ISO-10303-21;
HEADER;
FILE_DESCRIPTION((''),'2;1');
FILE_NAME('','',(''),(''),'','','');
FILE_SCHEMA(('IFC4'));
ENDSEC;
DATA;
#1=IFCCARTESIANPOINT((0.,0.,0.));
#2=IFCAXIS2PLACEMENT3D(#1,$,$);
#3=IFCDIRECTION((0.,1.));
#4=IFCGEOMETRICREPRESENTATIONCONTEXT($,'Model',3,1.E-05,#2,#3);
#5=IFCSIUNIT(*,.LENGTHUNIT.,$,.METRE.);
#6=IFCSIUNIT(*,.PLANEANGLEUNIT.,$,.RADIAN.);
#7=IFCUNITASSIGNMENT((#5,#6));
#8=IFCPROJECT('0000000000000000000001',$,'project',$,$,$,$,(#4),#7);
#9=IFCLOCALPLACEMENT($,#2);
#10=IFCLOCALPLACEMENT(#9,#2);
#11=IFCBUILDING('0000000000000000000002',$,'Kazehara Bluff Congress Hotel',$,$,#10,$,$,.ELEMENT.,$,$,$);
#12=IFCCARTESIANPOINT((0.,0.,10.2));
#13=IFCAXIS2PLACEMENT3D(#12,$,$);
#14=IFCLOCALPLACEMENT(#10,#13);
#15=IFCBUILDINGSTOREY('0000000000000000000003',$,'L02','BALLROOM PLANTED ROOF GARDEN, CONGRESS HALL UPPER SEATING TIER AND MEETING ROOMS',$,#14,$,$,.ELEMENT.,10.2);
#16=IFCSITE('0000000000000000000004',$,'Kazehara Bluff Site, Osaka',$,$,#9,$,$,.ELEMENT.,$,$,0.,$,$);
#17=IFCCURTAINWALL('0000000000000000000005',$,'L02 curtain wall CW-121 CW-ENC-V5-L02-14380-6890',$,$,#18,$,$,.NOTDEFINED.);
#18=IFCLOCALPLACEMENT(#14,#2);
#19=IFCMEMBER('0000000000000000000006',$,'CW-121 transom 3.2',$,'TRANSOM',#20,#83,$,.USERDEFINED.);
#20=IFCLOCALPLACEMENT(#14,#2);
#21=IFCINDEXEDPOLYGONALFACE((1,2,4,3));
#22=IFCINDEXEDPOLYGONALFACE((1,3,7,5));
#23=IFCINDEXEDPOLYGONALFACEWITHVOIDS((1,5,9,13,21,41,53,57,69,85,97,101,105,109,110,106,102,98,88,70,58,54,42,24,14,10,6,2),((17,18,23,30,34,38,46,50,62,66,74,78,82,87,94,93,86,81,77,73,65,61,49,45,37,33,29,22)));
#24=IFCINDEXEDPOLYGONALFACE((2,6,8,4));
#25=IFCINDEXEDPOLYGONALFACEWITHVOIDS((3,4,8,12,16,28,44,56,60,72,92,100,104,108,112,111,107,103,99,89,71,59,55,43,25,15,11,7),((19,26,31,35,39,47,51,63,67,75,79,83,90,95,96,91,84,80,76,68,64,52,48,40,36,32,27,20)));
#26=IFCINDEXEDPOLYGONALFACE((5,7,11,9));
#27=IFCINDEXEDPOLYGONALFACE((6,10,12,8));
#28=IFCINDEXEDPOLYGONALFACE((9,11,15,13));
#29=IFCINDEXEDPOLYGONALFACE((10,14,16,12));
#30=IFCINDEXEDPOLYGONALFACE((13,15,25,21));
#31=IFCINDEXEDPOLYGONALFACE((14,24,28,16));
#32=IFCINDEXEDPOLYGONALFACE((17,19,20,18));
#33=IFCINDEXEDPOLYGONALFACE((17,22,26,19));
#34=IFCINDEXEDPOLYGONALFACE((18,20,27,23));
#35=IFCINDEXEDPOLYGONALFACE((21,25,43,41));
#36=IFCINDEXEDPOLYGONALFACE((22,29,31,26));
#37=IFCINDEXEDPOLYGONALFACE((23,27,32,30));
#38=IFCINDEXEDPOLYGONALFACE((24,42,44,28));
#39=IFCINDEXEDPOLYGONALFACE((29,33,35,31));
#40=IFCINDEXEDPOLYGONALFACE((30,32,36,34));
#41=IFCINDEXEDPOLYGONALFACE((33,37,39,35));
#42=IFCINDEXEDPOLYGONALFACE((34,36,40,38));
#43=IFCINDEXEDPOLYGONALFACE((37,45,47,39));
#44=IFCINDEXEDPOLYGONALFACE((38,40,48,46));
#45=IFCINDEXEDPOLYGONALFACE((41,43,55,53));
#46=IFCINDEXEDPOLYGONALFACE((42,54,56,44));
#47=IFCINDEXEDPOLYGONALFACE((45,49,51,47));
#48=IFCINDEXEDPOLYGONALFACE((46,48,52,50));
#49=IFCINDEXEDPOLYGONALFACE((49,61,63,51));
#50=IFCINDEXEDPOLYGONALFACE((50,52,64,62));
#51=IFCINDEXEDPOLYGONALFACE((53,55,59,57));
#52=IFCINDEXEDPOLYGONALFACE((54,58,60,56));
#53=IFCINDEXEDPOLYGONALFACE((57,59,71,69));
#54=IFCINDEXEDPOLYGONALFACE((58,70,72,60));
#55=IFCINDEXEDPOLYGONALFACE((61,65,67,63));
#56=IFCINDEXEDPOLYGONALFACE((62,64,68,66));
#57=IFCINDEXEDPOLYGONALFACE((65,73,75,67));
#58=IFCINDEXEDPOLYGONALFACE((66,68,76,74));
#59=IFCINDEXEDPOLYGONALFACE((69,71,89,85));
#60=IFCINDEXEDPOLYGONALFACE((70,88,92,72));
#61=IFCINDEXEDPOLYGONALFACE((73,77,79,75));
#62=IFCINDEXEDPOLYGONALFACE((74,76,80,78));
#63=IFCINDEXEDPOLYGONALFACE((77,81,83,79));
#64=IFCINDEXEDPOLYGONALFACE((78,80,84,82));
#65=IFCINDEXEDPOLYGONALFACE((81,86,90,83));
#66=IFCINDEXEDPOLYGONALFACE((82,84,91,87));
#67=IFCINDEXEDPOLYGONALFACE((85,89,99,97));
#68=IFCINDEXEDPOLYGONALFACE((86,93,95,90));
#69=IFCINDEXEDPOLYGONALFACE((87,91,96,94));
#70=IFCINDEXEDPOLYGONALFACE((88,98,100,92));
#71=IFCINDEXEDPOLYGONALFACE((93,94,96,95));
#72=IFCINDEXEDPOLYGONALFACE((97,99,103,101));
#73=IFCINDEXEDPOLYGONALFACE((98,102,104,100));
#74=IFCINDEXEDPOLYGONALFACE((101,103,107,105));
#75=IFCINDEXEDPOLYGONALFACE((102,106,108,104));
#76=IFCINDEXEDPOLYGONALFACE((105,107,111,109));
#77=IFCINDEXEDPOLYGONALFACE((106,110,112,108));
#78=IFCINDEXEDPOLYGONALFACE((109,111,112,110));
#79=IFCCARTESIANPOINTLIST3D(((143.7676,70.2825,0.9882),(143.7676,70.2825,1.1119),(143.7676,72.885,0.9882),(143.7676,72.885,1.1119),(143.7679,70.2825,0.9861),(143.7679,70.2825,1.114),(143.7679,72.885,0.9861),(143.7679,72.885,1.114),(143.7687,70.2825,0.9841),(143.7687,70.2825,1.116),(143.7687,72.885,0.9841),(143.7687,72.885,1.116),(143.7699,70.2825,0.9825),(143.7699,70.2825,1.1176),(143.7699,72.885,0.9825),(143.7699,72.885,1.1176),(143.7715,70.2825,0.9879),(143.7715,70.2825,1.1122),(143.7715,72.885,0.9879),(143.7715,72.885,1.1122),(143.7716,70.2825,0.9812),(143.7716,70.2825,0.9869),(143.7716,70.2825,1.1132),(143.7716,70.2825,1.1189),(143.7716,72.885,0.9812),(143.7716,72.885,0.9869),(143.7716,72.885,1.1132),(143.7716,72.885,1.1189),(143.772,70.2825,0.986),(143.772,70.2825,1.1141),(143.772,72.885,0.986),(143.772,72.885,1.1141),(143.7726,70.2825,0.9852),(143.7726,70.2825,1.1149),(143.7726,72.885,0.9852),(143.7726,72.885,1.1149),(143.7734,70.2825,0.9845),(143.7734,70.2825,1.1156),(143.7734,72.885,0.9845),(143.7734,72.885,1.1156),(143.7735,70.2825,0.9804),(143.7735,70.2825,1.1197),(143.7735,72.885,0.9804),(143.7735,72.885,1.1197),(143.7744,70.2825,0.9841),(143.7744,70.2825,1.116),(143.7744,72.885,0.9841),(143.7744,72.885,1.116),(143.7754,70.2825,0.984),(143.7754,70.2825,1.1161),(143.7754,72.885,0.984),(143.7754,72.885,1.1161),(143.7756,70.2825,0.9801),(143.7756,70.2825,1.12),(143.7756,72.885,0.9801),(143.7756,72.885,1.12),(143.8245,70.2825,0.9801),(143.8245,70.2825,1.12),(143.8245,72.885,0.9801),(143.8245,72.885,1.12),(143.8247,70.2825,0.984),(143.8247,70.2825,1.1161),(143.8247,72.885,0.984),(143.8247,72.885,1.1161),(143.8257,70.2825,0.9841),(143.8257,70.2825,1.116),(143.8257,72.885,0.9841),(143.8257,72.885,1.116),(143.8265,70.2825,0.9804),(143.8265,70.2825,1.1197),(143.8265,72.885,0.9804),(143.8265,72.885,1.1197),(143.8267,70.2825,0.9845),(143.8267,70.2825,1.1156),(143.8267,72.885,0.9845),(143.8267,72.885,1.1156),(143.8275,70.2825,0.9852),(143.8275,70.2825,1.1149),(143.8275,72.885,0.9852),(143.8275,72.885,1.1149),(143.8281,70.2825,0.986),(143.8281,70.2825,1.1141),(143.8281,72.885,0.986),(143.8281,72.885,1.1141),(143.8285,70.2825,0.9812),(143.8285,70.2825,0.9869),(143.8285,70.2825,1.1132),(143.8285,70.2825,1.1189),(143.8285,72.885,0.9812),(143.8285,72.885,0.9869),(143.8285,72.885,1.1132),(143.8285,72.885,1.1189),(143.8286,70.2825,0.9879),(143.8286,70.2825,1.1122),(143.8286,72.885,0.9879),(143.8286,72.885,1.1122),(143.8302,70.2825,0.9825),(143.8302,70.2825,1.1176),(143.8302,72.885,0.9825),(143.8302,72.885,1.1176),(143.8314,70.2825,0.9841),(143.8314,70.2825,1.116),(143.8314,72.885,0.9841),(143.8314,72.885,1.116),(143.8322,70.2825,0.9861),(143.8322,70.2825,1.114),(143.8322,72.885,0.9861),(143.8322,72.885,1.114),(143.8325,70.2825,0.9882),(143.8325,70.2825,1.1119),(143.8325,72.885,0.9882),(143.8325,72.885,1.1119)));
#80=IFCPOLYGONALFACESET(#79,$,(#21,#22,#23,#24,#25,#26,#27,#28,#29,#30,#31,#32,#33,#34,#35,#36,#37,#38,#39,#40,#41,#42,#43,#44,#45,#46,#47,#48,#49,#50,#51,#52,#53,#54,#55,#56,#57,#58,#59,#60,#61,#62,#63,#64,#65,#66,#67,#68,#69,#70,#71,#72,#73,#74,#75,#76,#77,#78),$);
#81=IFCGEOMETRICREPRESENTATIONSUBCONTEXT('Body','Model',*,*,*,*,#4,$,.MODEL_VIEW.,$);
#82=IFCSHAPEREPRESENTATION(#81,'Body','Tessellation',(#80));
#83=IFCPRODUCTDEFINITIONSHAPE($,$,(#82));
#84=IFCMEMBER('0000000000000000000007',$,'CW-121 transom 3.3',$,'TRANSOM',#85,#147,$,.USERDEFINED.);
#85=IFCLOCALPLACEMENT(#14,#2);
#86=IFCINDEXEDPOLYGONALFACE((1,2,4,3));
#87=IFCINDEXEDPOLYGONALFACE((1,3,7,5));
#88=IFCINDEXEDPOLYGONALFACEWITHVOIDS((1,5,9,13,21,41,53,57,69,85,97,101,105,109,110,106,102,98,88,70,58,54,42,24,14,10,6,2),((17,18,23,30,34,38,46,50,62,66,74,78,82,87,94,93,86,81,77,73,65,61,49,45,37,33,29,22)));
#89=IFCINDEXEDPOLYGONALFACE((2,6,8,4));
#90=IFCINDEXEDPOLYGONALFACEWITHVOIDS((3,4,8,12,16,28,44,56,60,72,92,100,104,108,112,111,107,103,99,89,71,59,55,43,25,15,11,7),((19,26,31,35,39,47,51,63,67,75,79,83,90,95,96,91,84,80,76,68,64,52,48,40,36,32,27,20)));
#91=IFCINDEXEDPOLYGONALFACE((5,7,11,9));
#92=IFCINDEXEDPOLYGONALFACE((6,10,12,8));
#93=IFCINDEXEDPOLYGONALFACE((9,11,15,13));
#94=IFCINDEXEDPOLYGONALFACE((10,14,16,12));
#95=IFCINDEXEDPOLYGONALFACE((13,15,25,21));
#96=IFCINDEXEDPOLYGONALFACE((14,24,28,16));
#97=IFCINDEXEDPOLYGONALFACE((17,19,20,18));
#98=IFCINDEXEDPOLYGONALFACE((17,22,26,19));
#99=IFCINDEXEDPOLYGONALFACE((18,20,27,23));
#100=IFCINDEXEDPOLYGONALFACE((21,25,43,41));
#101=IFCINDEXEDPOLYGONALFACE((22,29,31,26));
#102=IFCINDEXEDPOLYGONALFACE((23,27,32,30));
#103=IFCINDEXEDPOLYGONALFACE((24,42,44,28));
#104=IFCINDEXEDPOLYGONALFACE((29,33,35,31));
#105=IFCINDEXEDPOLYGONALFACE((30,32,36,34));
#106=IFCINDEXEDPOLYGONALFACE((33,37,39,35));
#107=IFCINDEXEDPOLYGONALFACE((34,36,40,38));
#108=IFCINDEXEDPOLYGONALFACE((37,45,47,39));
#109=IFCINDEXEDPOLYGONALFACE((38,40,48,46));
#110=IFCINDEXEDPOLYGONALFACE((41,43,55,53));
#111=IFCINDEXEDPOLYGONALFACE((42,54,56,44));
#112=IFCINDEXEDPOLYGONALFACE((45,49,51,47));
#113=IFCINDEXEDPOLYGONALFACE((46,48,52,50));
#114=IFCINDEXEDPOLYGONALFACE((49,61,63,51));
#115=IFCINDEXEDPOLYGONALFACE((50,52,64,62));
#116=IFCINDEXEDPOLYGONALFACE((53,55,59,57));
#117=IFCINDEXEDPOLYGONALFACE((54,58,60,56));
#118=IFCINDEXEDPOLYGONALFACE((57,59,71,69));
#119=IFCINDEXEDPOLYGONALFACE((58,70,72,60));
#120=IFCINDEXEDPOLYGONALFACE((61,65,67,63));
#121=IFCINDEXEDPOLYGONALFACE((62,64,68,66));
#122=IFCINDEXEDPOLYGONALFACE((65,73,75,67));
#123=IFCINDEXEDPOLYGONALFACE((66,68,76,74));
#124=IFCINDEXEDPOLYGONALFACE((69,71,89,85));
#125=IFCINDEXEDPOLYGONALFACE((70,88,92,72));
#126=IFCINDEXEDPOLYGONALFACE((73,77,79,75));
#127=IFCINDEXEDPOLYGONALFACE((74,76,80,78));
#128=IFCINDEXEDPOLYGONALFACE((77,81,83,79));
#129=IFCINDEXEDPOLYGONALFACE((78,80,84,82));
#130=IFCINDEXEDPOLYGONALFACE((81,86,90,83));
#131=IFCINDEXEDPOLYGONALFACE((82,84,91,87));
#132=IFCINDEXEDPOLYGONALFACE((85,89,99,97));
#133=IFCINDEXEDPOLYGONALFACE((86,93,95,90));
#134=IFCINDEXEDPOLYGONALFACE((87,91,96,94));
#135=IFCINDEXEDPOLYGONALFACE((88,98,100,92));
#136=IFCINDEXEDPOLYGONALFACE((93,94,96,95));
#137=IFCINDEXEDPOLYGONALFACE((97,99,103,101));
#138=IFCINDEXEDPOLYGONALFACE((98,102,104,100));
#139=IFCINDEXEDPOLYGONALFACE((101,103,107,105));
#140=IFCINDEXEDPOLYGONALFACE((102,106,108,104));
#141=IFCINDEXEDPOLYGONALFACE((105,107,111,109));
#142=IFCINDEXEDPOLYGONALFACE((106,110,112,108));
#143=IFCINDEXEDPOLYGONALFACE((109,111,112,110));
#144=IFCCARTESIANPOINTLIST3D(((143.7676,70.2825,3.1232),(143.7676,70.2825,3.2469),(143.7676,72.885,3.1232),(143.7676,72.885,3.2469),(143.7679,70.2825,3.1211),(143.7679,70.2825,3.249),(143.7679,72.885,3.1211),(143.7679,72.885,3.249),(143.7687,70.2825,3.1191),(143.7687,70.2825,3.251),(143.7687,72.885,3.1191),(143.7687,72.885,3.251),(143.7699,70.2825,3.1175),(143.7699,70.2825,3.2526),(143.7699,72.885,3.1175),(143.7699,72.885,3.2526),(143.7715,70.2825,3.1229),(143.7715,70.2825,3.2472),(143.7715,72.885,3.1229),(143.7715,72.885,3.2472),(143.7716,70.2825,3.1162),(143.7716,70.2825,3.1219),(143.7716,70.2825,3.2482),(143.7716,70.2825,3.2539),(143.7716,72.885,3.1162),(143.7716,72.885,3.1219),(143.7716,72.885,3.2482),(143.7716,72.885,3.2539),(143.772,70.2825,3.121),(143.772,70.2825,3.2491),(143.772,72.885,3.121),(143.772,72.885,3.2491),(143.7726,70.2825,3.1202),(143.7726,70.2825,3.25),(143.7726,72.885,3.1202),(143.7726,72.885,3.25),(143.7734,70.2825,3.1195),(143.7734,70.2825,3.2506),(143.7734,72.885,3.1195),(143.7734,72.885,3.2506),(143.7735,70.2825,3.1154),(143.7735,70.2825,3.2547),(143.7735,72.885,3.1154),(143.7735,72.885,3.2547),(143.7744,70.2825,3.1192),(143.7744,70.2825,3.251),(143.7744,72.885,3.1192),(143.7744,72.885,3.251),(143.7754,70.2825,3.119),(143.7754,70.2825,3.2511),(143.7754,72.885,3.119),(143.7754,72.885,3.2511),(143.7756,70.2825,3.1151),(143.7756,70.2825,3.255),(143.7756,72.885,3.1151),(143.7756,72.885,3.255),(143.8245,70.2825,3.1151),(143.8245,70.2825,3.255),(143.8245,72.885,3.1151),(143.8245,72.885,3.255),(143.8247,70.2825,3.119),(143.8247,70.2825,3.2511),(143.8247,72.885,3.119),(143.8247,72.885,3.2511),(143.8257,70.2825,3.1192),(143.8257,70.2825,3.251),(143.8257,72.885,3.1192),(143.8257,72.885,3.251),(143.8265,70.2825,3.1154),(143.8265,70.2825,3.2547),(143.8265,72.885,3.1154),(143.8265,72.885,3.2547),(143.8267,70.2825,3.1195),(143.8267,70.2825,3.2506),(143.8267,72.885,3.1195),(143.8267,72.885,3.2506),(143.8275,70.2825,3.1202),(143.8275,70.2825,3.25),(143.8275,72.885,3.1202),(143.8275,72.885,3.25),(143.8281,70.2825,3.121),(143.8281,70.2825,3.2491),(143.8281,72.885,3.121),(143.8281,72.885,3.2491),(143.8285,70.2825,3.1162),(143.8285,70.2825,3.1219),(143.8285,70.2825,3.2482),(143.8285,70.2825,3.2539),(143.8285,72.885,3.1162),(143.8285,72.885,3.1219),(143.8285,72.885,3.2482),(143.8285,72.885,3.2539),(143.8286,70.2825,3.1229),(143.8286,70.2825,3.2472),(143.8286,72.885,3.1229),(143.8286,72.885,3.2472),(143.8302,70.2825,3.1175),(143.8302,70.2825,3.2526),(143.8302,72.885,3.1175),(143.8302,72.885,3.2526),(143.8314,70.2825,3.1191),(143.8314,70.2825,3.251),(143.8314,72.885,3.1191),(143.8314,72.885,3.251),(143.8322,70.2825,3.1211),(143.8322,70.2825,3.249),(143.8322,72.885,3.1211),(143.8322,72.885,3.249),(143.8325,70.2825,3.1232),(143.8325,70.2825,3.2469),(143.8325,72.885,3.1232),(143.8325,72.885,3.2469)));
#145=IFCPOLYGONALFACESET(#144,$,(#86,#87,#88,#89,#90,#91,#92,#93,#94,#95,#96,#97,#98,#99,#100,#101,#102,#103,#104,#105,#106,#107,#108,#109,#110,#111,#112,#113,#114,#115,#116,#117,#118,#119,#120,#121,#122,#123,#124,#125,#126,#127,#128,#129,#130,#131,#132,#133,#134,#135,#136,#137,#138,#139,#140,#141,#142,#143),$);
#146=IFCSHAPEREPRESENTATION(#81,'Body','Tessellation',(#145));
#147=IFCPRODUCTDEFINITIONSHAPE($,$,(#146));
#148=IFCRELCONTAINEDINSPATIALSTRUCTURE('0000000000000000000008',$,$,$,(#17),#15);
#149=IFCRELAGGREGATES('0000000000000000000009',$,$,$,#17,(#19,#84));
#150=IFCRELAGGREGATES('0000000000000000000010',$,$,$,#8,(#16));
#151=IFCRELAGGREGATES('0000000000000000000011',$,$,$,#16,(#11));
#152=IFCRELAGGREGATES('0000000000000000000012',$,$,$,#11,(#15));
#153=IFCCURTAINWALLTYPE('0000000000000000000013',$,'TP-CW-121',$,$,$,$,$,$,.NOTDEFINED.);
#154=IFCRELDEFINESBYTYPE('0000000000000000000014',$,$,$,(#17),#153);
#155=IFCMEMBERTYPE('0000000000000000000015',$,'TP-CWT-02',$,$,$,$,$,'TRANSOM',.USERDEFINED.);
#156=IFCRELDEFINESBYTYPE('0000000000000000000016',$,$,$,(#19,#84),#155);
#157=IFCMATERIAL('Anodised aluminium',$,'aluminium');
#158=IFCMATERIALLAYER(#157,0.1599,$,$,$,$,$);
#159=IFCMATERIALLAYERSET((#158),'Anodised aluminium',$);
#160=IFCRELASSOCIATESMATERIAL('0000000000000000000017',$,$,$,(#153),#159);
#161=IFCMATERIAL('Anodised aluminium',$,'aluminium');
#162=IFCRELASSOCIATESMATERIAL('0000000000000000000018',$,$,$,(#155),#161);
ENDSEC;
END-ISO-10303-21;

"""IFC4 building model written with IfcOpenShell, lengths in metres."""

from ifc_helpers import new_model, si_unit, direction, frame, origin, origin_2d, place, context, subcontext, project, spatial, hollow_rectangle, extrude, material, layer, layer_set, material_profile, profile_set, type_object, element, aggregate, save


model = new_model("IFC4")

# Units and contexts
model_context = context("Model", 3, precision=1e-05, world=origin(), true_north=direction((0.0, 1.0)))
body_context = subcontext(model_context, "Body", "Model", "MODEL_VIEW")
ifc_project = project(units=[si_unit("LENGTHUNIT", "METRE"), si_unit("PLANEANGLEUNIT", "RADIAN")], contexts=[model_context])

# Site, building, storey
site_placement = place(None, origin())
site = spatial("IfcSite", under=ifc_project, at=site_placement, Name="Kazehara Bluff Site, Osaka", CompositionType="ELEMENT", RefElevation=0.0)
building_placement = place(site_placement, origin())
building = spatial("IfcBuilding", under=site, at=building_placement, Name="Kazehara Bluff Congress Hotel", CompositionType="ELEMENT")
storey_placement = place(building_placement, frame((0.0, 0.0, 10.2)))
storey = spatial("IfcBuildingStorey", under=building, at=storey_placement, Name="L02", Description="BALLROOM PLANTED ROOF GARDEN, CONGRESS HALL UPPER SEATING TIER AND MEETING ROOMS", CompositionType="ELEMENT", Elevation=10.2)

# Curtain wall, members
ifc_material_1 = material(Name="Anodised aluminium", Category="aluminium")
ifc_layer_1 = layer(ifc_material_1, 0.1599)
ifc_layer_set_1 = layer_set([ifc_layer_1], Name="Anodised aluminium")
curtain_wall_type_1 = type_object("IfcCurtainWallType", Name="TP-CW-121", PredefinedType="NOTDEFINED", material=ifc_layer_set_1)
curtain_wall_1_placement = place(storey_placement, origin())
curtain_wall_1 = element("IfcCurtainWall", 1, at=curtain_wall_1_placement, inside=storey, type_object=curtain_wall_type_1, Name="L02 curtain wall CW-121 CW-ENC-V5-L02-14380-6890", PredefinedType="NOTDEFINED")
ifc_material_2 = material(Name="Anodised aluminium", Category="aluminium")
ifc_material_profile_1 = material_profile(ifc_material_2, hollow_rectangle(XDim=0.0649, YDim=0.1399, WallThickness=0.0039, InnerFilletRadius=0.0039, OuterFilletRadius=0.0081, at=origin_2d()))
ifc_profile_set_1 = profile_set([ifc_material_profile_1], Name="Anodised aluminium")
member_type_1 = type_object("IfcMemberType", Name="TP-CWT-02", ElementType="TRANSOM", PredefinedType="USERDEFINED", material=ifc_profile_set_1)
member_1_placement = place(storey_placement, frame((143.8, 70.2825, 1.05), z_axis=(0.0, 1.0, 0.0), x_axis=(-1.0, 0.0, 0.0)))
member_1 = element("IfcMember", 2, at=member_1_placement, type_object=member_type_1, Name="CW-121 transom 3.2", ObjectType="TRANSOM", PredefinedType="USERDEFINED", context=body_context, shape_type="SweptSolid", body=[
    extrude(hollow_rectangle(XDim=0.0649, YDim=0.1399, WallThickness=0.0039, InnerFilletRadius=0.0039, OuterFilletRadius=0.0081, at=origin_2d()), origin(), (0.0, 0.0, 1.0), 2.6025),
])
member_2_placement = place(storey_placement, frame((143.8, 70.2825, 3.1851), z_axis=(0.0, 1.0, 0.0), x_axis=(-1.0, 0.0, 0.0)))
member_2 = element("IfcMember", 3, at=member_2_placement, type_object=member_type_1, Name="CW-121 transom 3.3", ObjectType="TRANSOM", PredefinedType="USERDEFINED", context=body_context, shape_type="SweptSolid", body=[
    extrude(hollow_rectangle(XDim=0.0649, YDim=0.1399, WallThickness=0.0039, InnerFilletRadius=0.0039, OuterFilletRadius=0.0081, at=origin_2d()), origin(), (0.0, 0.0, 1.0), 2.6025),
])

aggregate(curtain_wall_1, [member_1, member_2])

save(model, "model.ifc")
